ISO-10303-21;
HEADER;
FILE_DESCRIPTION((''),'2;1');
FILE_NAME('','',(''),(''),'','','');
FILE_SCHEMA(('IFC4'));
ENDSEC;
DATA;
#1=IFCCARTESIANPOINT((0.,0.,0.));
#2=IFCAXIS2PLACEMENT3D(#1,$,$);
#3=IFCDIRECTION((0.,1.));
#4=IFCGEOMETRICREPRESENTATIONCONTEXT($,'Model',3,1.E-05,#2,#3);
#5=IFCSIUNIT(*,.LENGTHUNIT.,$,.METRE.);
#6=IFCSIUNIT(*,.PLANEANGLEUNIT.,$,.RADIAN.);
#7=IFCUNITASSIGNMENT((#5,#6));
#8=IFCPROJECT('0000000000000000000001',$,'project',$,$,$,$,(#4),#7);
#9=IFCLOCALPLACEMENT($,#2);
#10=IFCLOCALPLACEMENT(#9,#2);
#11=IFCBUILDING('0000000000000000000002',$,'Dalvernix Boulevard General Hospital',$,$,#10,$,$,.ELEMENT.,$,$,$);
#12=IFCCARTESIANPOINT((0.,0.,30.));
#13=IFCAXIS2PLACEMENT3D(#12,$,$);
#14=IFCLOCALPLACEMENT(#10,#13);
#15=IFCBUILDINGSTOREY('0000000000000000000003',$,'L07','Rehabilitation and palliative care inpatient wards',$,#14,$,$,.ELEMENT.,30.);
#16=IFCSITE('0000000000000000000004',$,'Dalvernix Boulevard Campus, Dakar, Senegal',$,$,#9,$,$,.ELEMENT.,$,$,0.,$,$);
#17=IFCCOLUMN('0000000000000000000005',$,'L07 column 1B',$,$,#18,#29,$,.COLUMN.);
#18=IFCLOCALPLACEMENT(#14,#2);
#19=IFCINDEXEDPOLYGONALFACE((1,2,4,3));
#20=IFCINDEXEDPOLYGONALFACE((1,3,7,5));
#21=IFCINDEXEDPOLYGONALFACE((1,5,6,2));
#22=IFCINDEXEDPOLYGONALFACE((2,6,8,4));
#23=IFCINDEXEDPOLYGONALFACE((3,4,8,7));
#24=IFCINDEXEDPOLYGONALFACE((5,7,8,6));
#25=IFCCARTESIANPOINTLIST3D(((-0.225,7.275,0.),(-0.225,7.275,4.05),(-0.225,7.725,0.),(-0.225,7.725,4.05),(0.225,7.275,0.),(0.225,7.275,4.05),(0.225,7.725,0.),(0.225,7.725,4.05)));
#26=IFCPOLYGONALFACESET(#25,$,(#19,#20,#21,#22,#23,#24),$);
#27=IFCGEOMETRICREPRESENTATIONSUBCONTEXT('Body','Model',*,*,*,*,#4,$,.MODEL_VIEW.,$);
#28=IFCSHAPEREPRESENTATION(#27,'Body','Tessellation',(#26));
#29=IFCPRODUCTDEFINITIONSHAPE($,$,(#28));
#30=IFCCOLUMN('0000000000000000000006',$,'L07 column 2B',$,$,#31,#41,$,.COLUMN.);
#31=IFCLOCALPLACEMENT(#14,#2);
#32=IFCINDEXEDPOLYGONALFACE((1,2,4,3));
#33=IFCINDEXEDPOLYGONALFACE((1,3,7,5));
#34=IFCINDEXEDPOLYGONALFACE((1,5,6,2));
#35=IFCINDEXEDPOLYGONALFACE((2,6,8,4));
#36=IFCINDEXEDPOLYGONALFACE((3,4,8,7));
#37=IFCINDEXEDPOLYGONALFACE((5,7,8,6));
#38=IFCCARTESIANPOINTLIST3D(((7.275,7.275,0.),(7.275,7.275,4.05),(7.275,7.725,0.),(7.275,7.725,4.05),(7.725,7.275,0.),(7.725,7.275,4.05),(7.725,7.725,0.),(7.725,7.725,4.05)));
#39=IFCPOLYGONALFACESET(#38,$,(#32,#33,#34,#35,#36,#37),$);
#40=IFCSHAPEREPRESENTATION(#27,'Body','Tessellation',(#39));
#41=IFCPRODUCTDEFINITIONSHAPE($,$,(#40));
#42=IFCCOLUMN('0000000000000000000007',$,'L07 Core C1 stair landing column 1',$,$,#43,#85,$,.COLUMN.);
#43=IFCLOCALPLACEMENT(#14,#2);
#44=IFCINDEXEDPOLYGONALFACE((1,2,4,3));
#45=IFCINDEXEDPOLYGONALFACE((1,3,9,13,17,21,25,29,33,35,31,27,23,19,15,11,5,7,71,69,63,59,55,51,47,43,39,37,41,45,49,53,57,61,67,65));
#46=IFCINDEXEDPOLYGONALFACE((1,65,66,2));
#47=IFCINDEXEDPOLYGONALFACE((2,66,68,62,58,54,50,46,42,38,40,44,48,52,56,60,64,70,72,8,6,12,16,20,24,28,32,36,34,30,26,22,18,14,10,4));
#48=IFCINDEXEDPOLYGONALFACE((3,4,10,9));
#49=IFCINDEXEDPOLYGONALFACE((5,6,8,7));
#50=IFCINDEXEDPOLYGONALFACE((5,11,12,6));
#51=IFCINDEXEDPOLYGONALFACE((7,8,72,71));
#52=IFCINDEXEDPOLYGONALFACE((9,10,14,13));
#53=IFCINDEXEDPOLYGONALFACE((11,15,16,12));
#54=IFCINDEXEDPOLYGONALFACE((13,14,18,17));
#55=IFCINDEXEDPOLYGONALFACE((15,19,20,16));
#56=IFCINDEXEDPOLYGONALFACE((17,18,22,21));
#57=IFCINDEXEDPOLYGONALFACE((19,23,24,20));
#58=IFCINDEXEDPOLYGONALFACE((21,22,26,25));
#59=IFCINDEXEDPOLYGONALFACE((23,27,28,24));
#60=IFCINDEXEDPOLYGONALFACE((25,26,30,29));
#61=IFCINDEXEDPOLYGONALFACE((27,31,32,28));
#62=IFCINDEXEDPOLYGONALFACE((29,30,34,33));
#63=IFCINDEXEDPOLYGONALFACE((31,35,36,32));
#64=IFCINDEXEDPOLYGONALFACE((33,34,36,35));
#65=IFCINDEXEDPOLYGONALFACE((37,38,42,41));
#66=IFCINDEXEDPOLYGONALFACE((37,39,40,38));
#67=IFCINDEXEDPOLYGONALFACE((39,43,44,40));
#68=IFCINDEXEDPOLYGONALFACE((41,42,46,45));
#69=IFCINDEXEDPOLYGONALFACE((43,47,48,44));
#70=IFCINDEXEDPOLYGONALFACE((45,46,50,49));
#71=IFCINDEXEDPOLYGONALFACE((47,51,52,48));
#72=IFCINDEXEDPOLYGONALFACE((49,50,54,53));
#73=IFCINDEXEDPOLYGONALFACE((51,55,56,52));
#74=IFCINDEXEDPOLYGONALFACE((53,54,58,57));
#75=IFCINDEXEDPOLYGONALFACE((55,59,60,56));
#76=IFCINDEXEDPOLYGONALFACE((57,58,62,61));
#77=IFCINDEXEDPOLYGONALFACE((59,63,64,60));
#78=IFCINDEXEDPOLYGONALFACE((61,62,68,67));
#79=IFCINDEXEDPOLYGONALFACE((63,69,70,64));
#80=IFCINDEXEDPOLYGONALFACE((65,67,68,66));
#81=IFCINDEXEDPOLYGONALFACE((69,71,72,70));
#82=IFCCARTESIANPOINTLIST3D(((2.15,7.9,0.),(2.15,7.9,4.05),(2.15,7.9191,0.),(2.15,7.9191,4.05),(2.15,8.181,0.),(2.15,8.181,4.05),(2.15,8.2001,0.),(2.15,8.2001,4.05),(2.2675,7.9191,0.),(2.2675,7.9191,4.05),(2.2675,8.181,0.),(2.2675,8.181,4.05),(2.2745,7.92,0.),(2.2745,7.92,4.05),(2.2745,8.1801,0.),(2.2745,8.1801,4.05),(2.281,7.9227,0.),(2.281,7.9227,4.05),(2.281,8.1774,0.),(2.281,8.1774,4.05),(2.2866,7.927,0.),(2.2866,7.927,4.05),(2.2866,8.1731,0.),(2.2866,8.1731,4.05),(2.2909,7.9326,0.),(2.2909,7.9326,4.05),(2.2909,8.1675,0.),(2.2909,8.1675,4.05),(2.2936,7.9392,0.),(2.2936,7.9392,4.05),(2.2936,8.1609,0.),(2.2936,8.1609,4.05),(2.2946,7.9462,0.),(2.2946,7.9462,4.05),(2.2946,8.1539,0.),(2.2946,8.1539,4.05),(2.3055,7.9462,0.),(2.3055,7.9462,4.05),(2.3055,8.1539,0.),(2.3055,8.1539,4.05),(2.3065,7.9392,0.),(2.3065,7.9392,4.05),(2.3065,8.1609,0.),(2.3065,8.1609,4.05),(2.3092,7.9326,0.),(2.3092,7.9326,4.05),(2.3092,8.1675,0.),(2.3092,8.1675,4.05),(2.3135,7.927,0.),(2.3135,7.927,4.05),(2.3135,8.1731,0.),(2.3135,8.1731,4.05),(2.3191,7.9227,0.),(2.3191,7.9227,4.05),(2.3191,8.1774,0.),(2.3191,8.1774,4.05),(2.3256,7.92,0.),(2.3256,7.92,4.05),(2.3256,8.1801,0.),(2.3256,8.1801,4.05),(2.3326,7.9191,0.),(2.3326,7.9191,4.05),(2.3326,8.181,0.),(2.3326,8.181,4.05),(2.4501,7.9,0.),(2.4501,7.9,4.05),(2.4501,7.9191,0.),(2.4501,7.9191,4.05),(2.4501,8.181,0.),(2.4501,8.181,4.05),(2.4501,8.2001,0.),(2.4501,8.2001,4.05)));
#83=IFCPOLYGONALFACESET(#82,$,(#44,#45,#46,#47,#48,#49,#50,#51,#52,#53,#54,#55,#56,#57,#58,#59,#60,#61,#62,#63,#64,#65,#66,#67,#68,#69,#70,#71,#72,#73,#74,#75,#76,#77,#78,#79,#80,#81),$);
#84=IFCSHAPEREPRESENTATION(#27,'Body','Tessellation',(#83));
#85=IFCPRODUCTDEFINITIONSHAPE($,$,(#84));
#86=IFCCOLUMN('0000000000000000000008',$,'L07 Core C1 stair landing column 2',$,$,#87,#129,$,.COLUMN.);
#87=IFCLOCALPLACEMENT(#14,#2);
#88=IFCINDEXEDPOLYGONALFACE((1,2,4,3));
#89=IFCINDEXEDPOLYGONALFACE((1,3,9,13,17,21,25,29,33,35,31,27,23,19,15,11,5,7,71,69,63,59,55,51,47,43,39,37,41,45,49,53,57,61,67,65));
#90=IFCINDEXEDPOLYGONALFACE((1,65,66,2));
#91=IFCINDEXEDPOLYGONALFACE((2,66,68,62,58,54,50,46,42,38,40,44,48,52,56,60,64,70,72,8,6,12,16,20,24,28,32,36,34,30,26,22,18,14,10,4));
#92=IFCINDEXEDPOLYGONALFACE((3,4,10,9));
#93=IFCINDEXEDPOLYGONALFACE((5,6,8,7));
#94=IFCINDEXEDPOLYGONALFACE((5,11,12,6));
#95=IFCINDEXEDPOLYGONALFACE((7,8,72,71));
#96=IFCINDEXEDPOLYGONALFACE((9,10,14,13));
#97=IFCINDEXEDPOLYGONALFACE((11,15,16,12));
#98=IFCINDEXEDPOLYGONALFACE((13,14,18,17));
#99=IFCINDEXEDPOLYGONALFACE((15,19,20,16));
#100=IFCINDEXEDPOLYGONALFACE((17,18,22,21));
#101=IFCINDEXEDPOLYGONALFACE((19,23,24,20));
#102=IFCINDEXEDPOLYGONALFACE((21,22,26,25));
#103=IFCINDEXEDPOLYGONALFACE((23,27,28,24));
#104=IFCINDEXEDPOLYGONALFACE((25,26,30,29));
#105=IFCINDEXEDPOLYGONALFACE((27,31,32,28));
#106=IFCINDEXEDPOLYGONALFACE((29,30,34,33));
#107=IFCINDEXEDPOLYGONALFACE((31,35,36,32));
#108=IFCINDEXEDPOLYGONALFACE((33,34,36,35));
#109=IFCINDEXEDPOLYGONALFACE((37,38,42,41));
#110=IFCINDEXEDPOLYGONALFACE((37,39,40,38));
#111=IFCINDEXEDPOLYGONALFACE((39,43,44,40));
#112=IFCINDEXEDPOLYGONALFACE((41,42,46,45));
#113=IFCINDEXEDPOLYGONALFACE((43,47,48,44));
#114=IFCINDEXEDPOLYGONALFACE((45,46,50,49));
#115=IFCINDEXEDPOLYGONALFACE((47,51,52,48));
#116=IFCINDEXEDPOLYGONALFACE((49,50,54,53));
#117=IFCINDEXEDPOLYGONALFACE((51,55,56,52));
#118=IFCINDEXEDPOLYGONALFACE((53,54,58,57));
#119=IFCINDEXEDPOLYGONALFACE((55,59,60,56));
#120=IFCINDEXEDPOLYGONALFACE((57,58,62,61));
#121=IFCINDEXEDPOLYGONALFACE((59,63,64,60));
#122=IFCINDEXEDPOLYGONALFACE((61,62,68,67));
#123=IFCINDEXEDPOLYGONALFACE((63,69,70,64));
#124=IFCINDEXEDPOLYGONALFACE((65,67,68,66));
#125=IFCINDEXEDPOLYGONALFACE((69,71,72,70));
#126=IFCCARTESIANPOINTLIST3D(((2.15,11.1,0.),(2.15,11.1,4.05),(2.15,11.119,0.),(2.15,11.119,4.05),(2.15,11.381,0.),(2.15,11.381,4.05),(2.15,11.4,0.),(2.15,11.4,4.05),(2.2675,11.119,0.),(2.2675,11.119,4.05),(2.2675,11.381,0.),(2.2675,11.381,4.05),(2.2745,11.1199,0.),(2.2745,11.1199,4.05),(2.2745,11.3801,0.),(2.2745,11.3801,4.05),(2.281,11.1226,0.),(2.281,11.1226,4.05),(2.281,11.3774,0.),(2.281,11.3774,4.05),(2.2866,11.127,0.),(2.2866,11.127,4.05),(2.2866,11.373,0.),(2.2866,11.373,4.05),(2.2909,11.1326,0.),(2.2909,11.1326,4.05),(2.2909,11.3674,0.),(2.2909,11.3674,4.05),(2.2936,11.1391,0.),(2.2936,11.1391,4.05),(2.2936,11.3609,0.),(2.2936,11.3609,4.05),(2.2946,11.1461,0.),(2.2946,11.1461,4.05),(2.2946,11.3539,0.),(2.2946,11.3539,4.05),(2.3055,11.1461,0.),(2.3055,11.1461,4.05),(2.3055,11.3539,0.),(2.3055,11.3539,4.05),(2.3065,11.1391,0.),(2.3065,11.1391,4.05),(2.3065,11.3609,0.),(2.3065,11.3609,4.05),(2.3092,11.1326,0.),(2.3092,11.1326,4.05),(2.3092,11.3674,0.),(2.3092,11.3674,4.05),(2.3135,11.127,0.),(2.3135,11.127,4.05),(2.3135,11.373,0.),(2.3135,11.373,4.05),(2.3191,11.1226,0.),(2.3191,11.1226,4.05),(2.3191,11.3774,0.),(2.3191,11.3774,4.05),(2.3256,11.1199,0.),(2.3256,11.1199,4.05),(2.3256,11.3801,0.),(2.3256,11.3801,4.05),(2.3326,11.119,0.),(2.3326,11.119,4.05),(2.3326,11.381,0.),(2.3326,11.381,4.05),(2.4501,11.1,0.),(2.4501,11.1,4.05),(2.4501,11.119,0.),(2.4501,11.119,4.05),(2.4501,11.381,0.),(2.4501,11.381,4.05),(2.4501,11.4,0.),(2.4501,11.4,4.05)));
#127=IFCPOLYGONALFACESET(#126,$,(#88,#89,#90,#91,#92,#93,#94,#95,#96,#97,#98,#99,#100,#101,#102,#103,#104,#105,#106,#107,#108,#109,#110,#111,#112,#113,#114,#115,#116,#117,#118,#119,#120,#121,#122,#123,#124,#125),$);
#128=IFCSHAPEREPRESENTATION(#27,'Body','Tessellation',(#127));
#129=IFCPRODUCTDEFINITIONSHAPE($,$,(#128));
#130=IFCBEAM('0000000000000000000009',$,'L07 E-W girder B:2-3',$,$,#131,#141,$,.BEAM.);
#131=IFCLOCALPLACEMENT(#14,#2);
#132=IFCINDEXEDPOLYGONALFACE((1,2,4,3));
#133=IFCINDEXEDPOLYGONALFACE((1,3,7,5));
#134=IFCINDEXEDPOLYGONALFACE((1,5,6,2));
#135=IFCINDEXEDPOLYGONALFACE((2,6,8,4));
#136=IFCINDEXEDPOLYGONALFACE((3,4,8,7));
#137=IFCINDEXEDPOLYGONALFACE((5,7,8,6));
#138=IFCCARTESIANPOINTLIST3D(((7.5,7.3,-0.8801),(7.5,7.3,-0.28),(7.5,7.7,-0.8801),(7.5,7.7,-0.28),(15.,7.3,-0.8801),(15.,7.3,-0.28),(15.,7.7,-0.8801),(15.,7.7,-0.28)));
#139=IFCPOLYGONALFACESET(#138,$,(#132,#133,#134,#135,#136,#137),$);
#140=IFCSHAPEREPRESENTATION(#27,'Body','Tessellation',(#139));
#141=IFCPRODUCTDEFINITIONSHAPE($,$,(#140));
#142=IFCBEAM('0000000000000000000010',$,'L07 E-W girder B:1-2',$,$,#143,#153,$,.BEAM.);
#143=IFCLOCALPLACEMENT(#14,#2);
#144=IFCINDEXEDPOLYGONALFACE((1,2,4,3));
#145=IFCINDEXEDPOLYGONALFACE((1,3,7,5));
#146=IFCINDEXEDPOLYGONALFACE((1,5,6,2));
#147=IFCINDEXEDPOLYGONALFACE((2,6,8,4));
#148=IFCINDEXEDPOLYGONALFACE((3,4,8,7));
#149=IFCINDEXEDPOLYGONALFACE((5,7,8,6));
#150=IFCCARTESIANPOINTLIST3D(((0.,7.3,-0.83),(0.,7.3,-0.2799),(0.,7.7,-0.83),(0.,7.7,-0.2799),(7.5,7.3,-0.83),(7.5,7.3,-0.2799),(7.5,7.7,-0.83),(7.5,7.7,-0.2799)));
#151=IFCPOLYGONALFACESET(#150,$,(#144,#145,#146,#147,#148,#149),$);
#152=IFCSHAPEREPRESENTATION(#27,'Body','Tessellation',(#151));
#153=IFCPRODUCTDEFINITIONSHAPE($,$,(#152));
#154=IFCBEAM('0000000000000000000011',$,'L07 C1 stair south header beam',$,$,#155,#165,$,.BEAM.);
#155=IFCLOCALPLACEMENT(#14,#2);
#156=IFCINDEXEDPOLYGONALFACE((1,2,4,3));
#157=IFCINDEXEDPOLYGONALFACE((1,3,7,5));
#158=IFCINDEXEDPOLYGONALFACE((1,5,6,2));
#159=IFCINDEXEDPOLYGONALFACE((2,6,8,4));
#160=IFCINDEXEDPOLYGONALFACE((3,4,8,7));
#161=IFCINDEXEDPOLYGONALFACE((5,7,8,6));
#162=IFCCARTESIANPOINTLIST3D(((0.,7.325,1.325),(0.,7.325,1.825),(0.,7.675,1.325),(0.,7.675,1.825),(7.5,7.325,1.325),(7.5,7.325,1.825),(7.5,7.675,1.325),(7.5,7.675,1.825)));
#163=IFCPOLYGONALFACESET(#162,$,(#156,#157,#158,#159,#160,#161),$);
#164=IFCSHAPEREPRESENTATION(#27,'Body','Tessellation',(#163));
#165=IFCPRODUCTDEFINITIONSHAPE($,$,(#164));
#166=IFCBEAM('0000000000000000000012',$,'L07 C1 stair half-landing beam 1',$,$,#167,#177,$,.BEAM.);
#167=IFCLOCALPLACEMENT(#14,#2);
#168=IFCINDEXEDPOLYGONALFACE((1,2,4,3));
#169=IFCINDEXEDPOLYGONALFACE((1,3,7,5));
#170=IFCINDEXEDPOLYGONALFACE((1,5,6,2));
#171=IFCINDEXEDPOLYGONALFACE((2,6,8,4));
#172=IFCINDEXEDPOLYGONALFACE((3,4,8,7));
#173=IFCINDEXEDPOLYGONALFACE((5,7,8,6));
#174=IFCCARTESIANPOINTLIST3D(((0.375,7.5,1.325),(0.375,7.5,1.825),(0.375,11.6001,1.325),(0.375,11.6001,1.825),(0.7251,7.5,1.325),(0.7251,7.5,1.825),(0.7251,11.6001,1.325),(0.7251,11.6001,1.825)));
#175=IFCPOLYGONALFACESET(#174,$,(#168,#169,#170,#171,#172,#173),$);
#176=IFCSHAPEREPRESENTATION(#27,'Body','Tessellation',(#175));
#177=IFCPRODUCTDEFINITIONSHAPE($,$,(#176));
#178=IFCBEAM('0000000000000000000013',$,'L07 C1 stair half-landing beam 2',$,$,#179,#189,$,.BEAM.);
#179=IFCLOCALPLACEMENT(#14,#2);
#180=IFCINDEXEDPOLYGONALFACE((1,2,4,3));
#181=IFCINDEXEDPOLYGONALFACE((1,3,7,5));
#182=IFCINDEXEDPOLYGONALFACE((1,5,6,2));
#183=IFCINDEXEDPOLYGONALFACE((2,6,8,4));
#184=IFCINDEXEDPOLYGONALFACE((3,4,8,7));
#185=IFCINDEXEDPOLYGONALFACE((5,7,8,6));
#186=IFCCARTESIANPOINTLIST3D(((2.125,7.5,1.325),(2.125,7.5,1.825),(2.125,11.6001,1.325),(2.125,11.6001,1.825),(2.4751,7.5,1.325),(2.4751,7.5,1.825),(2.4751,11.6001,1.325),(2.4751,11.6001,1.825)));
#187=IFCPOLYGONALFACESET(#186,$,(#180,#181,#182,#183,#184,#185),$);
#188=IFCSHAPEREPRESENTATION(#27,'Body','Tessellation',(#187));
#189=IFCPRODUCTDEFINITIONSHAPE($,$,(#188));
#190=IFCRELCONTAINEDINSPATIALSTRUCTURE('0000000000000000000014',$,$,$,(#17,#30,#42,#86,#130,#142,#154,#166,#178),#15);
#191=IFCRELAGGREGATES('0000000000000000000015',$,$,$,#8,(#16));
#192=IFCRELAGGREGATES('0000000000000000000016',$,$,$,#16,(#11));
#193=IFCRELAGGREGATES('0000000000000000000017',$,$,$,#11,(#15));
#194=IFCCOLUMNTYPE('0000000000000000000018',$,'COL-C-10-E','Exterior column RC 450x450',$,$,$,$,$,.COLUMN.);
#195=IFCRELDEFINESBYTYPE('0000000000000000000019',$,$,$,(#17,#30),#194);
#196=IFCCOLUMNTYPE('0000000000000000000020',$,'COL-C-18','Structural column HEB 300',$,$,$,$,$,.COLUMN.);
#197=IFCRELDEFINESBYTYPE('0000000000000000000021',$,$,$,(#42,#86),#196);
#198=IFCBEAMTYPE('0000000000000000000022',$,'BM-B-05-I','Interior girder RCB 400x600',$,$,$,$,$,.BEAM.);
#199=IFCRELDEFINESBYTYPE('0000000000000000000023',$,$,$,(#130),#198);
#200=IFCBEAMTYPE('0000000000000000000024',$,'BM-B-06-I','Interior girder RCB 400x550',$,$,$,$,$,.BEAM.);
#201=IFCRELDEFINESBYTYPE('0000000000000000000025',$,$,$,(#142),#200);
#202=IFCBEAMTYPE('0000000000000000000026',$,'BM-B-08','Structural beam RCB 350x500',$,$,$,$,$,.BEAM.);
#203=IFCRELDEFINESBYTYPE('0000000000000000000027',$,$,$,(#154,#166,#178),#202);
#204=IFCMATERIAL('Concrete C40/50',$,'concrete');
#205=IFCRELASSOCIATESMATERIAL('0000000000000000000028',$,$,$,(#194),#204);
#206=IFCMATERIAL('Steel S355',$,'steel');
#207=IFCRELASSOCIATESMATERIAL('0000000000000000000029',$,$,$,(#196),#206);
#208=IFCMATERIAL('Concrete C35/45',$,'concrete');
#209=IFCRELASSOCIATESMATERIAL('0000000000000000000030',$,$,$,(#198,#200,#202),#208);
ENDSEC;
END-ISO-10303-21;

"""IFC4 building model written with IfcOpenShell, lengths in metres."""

from ifc_helpers import new_model, si_unit, direction, frame, origin, origin_2d, place, context, subcontext, project, spatial, rectangle, i_section, extrude, material, material_profile, profile_set, type_object, element, save


model = new_model("IFC4")

# Units and contexts
model_context = context("Model", 3, precision=1e-05, world=origin(), true_north=direction((0.0, 1.0)))
body_context = subcontext(model_context, "Body", "Model", "MODEL_VIEW")
ifc_project = project(units=[si_unit("LENGTHUNIT", "METRE"), si_unit("PLANEANGLEUNIT", "RADIAN")], contexts=[model_context])

# Site, building, storey
site_placement = place(None, origin())
site = spatial("IfcSite", under=ifc_project, at=site_placement, Name="Dalvernix Boulevard Campus, Dakar, Senegal", CompositionType="ELEMENT", RefElevation=0.0)
building_placement = place(site_placement, origin())
building = spatial("IfcBuilding", under=site, at=building_placement, Name="Dalvernix Boulevard General Hospital", CompositionType="ELEMENT")
storey_placement = place(building_placement, frame((0.0, 0.0, 30.0)))
storey = spatial("IfcBuildingStorey", under=building, at=storey_placement, Name="L07", Description="Rehabilitation and palliative care inpatient wards", CompositionType="ELEMENT", Elevation=30.0)

# Columns
ifc_material_1 = material(Name="Concrete C40/50", Category="concrete")
ifc_material_profile_1 = material_profile(ifc_material_1, rectangle(XDim=0.45, YDim=0.45, at=origin_2d()), Name="RC 450x450")
ifc_profile_set_1 = profile_set([ifc_material_profile_1], Name="Concrete C40/50")
column_type_1 = type_object("IfcColumnType", Name="COL-C-10-E", Description="Exterior column RC 450x450", PredefinedType="COLUMN", material=ifc_profile_set_1)
for number, where, z_axis, x_axis, name in (
    (1, (0.0, 7.5, 0.0), (0.0, 0.0, 1.0), (1.0, 0.0, 0.0), "L07 column 1B"),
    (2, (7.5, 7.5, 0.0), (0.0, 0.0, 1.0), (1.0, 0.0, 0.0), "L07 column 2B"),
):
    element("IfcColumn", number, at=place(storey_placement, frame(where, z_axis=z_axis, x_axis=x_axis)), inside=storey, type_object=column_type_1, Name=name, PredefinedType="COLUMN", context=body_context, shape_type="SweptSolid", body=[
        extrude(rectangle(XDim=0.45, YDim=0.45, at=origin_2d()), origin(), (0.0, 0.0, 1.0), 4.05),
    ])
ifc_material_2 = material(Name="Steel S355", Category="steel")
ifc_material_profile_2 = material_profile(ifc_material_2, i_section(OverallWidth=0.3, OverallDepth=0.3, WebThickness=0.011, FlangeThickness=0.019, FilletRadius=0.0271, at=origin_2d()), Name="HEB 300")
ifc_profile_set_2 = profile_set([ifc_material_profile_2], Name="Steel S355")
column_type_2 = type_object("IfcColumnType", Name="COL-C-18", Description="Structural column HEB 300", PredefinedType="COLUMN", material=ifc_profile_set_2)
for number, where, z_axis, x_axis, name in (
    (3, (2.3, 8.05, 0.0), (0.0, 0.0, 1.0), (1.0, 0.0, 0.0), "L07 Core C1 stair landing column 1"),
    (4, (2.3, 11.25, 0.0), (0.0, 0.0, 1.0), (1.0, 0.0, 0.0), "L07 Core C1 stair landing column 2"),
):
    element("IfcColumn", number, at=place(storey_placement, frame(where, z_axis=z_axis, x_axis=x_axis)), inside=storey, type_object=column_type_2, Name=name, PredefinedType="COLUMN", context=body_context, shape_type="SweptSolid", body=[
        extrude(i_section(OverallWidth=0.3, OverallDepth=0.3, WebThickness=0.011, FlangeThickness=0.019, FilletRadius=0.0271, at=origin_2d()), origin(), (0.0, 0.0, 1.0), 4.05),
    ])

# Beams
ifc_material_3 = material(Name="Concrete C35/45", Category="concrete")
ifc_material_profile_3 = material_profile(ifc_material_3, rectangle(XDim=0.3999, YDim=0.6001, at=origin_2d()), Name="RCB 400x600")
ifc_profile_set_3 = profile_set([ifc_material_profile_3], Name="Concrete C35/45")
beam_type_1 = type_object("IfcBeamType", Name="BM-B-05-I", Description="Interior girder RCB 400x600", PredefinedType="BEAM", material=ifc_profile_set_3)
beam_1_placement = place(storey_placement, frame((7.5, 7.5, -0.5801), z_axis=(1.0, 0.0, 0.0), x_axis=(0.0, 1.0, 0.0)))
element("IfcBeam", 5, at=beam_1_placement, inside=storey, type_object=beam_type_1, Name="L07 E-W girder B:2-3", PredefinedType="BEAM", context=body_context, shape_type="SweptSolid", body=[
    extrude(rectangle(XDim=0.3999, YDim=0.6001, at=origin_2d()), origin(), (0.0, 0.0, 1.0), 7.5),
])
ifc_material_profile_4 = material_profile(ifc_material_3, rectangle(XDim=0.3999, YDim=0.55, at=origin_2d()), Name="RCB 400x550")
ifc_profile_set_4 = profile_set([ifc_material_profile_4], Name="Concrete C35/45")
beam_type_2 = type_object("IfcBeamType", Name="BM-B-06-I", Description="Interior girder RCB 400x550", PredefinedType="BEAM", material=ifc_profile_set_4)
beam_2_placement = place(storey_placement, frame((0.0, 7.5, -0.5549), z_axis=(1.0, 0.0, 0.0), x_axis=(0.0, 1.0, 0.0)))
element("IfcBeam", 6, at=beam_2_placement, inside=storey, type_object=beam_type_2, Name="L07 E-W girder B:1-2", PredefinedType="BEAM", context=body_context, shape_type="SweptSolid", body=[
    extrude(rectangle(XDim=0.3999, YDim=0.55, at=origin_2d()), origin(), (0.0, 0.0, 1.0), 7.5),
])
ifc_material_profile_5 = material_profile(ifc_material_3, rectangle(XDim=0.3501, YDim=0.5, at=origin_2d()), Name="RCB 350x500")
ifc_profile_set_5 = profile_set([ifc_material_profile_5], Name="Concrete C35/45")
beam_type_3 = type_object("IfcBeamType", Name="BM-B-08", Description="Structural beam RCB 350x500", PredefinedType="BEAM", material=ifc_profile_set_5)
beam_3_placement = place(storey_placement, frame((0.0, 7.5, 1.575), z_axis=(1.0, 0.0, 0.0), x_axis=(0.0, 1.0, 0.0)))
element("IfcBeam", 7, at=beam_3_placement, inside=storey, type_object=beam_type_3, Name="L07 C1 stair south header beam", PredefinedType="BEAM", context=body_context, shape_type="SweptSolid", body=[
    extrude(rectangle(XDim=0.3501, YDim=0.5, at=origin_2d()), origin(), (0.0, 0.0, 1.0), 7.5),
])
for number, where, z_axis, x_axis, name in (
    (8, (0.55, 7.5, 1.575), (0.0, 1.0, 0.0), (-1.0, 0.0, 0.0), "L07 C1 stair half-landing beam 1"),
    (9, (2.3, 7.5, 1.575), (0.0, 1.0, 0.0), (-1.0, 0.0, 0.0), "L07 C1 stair half-landing beam 2"),
):
    element("IfcBeam", number, at=place(storey_placement, frame(where, z_axis=z_axis, x_axis=x_axis)), inside=storey, type_object=beam_type_3, Name=name, PredefinedType="BEAM", context=body_context, shape_type="SweptSolid", body=[
        extrude(rectangle(XDim=0.3501, YDim=0.5, at=origin_2d()), origin(), (0.0, 0.0, 1.0), 4.1001),
    ])

save(model, "model.ifc")
